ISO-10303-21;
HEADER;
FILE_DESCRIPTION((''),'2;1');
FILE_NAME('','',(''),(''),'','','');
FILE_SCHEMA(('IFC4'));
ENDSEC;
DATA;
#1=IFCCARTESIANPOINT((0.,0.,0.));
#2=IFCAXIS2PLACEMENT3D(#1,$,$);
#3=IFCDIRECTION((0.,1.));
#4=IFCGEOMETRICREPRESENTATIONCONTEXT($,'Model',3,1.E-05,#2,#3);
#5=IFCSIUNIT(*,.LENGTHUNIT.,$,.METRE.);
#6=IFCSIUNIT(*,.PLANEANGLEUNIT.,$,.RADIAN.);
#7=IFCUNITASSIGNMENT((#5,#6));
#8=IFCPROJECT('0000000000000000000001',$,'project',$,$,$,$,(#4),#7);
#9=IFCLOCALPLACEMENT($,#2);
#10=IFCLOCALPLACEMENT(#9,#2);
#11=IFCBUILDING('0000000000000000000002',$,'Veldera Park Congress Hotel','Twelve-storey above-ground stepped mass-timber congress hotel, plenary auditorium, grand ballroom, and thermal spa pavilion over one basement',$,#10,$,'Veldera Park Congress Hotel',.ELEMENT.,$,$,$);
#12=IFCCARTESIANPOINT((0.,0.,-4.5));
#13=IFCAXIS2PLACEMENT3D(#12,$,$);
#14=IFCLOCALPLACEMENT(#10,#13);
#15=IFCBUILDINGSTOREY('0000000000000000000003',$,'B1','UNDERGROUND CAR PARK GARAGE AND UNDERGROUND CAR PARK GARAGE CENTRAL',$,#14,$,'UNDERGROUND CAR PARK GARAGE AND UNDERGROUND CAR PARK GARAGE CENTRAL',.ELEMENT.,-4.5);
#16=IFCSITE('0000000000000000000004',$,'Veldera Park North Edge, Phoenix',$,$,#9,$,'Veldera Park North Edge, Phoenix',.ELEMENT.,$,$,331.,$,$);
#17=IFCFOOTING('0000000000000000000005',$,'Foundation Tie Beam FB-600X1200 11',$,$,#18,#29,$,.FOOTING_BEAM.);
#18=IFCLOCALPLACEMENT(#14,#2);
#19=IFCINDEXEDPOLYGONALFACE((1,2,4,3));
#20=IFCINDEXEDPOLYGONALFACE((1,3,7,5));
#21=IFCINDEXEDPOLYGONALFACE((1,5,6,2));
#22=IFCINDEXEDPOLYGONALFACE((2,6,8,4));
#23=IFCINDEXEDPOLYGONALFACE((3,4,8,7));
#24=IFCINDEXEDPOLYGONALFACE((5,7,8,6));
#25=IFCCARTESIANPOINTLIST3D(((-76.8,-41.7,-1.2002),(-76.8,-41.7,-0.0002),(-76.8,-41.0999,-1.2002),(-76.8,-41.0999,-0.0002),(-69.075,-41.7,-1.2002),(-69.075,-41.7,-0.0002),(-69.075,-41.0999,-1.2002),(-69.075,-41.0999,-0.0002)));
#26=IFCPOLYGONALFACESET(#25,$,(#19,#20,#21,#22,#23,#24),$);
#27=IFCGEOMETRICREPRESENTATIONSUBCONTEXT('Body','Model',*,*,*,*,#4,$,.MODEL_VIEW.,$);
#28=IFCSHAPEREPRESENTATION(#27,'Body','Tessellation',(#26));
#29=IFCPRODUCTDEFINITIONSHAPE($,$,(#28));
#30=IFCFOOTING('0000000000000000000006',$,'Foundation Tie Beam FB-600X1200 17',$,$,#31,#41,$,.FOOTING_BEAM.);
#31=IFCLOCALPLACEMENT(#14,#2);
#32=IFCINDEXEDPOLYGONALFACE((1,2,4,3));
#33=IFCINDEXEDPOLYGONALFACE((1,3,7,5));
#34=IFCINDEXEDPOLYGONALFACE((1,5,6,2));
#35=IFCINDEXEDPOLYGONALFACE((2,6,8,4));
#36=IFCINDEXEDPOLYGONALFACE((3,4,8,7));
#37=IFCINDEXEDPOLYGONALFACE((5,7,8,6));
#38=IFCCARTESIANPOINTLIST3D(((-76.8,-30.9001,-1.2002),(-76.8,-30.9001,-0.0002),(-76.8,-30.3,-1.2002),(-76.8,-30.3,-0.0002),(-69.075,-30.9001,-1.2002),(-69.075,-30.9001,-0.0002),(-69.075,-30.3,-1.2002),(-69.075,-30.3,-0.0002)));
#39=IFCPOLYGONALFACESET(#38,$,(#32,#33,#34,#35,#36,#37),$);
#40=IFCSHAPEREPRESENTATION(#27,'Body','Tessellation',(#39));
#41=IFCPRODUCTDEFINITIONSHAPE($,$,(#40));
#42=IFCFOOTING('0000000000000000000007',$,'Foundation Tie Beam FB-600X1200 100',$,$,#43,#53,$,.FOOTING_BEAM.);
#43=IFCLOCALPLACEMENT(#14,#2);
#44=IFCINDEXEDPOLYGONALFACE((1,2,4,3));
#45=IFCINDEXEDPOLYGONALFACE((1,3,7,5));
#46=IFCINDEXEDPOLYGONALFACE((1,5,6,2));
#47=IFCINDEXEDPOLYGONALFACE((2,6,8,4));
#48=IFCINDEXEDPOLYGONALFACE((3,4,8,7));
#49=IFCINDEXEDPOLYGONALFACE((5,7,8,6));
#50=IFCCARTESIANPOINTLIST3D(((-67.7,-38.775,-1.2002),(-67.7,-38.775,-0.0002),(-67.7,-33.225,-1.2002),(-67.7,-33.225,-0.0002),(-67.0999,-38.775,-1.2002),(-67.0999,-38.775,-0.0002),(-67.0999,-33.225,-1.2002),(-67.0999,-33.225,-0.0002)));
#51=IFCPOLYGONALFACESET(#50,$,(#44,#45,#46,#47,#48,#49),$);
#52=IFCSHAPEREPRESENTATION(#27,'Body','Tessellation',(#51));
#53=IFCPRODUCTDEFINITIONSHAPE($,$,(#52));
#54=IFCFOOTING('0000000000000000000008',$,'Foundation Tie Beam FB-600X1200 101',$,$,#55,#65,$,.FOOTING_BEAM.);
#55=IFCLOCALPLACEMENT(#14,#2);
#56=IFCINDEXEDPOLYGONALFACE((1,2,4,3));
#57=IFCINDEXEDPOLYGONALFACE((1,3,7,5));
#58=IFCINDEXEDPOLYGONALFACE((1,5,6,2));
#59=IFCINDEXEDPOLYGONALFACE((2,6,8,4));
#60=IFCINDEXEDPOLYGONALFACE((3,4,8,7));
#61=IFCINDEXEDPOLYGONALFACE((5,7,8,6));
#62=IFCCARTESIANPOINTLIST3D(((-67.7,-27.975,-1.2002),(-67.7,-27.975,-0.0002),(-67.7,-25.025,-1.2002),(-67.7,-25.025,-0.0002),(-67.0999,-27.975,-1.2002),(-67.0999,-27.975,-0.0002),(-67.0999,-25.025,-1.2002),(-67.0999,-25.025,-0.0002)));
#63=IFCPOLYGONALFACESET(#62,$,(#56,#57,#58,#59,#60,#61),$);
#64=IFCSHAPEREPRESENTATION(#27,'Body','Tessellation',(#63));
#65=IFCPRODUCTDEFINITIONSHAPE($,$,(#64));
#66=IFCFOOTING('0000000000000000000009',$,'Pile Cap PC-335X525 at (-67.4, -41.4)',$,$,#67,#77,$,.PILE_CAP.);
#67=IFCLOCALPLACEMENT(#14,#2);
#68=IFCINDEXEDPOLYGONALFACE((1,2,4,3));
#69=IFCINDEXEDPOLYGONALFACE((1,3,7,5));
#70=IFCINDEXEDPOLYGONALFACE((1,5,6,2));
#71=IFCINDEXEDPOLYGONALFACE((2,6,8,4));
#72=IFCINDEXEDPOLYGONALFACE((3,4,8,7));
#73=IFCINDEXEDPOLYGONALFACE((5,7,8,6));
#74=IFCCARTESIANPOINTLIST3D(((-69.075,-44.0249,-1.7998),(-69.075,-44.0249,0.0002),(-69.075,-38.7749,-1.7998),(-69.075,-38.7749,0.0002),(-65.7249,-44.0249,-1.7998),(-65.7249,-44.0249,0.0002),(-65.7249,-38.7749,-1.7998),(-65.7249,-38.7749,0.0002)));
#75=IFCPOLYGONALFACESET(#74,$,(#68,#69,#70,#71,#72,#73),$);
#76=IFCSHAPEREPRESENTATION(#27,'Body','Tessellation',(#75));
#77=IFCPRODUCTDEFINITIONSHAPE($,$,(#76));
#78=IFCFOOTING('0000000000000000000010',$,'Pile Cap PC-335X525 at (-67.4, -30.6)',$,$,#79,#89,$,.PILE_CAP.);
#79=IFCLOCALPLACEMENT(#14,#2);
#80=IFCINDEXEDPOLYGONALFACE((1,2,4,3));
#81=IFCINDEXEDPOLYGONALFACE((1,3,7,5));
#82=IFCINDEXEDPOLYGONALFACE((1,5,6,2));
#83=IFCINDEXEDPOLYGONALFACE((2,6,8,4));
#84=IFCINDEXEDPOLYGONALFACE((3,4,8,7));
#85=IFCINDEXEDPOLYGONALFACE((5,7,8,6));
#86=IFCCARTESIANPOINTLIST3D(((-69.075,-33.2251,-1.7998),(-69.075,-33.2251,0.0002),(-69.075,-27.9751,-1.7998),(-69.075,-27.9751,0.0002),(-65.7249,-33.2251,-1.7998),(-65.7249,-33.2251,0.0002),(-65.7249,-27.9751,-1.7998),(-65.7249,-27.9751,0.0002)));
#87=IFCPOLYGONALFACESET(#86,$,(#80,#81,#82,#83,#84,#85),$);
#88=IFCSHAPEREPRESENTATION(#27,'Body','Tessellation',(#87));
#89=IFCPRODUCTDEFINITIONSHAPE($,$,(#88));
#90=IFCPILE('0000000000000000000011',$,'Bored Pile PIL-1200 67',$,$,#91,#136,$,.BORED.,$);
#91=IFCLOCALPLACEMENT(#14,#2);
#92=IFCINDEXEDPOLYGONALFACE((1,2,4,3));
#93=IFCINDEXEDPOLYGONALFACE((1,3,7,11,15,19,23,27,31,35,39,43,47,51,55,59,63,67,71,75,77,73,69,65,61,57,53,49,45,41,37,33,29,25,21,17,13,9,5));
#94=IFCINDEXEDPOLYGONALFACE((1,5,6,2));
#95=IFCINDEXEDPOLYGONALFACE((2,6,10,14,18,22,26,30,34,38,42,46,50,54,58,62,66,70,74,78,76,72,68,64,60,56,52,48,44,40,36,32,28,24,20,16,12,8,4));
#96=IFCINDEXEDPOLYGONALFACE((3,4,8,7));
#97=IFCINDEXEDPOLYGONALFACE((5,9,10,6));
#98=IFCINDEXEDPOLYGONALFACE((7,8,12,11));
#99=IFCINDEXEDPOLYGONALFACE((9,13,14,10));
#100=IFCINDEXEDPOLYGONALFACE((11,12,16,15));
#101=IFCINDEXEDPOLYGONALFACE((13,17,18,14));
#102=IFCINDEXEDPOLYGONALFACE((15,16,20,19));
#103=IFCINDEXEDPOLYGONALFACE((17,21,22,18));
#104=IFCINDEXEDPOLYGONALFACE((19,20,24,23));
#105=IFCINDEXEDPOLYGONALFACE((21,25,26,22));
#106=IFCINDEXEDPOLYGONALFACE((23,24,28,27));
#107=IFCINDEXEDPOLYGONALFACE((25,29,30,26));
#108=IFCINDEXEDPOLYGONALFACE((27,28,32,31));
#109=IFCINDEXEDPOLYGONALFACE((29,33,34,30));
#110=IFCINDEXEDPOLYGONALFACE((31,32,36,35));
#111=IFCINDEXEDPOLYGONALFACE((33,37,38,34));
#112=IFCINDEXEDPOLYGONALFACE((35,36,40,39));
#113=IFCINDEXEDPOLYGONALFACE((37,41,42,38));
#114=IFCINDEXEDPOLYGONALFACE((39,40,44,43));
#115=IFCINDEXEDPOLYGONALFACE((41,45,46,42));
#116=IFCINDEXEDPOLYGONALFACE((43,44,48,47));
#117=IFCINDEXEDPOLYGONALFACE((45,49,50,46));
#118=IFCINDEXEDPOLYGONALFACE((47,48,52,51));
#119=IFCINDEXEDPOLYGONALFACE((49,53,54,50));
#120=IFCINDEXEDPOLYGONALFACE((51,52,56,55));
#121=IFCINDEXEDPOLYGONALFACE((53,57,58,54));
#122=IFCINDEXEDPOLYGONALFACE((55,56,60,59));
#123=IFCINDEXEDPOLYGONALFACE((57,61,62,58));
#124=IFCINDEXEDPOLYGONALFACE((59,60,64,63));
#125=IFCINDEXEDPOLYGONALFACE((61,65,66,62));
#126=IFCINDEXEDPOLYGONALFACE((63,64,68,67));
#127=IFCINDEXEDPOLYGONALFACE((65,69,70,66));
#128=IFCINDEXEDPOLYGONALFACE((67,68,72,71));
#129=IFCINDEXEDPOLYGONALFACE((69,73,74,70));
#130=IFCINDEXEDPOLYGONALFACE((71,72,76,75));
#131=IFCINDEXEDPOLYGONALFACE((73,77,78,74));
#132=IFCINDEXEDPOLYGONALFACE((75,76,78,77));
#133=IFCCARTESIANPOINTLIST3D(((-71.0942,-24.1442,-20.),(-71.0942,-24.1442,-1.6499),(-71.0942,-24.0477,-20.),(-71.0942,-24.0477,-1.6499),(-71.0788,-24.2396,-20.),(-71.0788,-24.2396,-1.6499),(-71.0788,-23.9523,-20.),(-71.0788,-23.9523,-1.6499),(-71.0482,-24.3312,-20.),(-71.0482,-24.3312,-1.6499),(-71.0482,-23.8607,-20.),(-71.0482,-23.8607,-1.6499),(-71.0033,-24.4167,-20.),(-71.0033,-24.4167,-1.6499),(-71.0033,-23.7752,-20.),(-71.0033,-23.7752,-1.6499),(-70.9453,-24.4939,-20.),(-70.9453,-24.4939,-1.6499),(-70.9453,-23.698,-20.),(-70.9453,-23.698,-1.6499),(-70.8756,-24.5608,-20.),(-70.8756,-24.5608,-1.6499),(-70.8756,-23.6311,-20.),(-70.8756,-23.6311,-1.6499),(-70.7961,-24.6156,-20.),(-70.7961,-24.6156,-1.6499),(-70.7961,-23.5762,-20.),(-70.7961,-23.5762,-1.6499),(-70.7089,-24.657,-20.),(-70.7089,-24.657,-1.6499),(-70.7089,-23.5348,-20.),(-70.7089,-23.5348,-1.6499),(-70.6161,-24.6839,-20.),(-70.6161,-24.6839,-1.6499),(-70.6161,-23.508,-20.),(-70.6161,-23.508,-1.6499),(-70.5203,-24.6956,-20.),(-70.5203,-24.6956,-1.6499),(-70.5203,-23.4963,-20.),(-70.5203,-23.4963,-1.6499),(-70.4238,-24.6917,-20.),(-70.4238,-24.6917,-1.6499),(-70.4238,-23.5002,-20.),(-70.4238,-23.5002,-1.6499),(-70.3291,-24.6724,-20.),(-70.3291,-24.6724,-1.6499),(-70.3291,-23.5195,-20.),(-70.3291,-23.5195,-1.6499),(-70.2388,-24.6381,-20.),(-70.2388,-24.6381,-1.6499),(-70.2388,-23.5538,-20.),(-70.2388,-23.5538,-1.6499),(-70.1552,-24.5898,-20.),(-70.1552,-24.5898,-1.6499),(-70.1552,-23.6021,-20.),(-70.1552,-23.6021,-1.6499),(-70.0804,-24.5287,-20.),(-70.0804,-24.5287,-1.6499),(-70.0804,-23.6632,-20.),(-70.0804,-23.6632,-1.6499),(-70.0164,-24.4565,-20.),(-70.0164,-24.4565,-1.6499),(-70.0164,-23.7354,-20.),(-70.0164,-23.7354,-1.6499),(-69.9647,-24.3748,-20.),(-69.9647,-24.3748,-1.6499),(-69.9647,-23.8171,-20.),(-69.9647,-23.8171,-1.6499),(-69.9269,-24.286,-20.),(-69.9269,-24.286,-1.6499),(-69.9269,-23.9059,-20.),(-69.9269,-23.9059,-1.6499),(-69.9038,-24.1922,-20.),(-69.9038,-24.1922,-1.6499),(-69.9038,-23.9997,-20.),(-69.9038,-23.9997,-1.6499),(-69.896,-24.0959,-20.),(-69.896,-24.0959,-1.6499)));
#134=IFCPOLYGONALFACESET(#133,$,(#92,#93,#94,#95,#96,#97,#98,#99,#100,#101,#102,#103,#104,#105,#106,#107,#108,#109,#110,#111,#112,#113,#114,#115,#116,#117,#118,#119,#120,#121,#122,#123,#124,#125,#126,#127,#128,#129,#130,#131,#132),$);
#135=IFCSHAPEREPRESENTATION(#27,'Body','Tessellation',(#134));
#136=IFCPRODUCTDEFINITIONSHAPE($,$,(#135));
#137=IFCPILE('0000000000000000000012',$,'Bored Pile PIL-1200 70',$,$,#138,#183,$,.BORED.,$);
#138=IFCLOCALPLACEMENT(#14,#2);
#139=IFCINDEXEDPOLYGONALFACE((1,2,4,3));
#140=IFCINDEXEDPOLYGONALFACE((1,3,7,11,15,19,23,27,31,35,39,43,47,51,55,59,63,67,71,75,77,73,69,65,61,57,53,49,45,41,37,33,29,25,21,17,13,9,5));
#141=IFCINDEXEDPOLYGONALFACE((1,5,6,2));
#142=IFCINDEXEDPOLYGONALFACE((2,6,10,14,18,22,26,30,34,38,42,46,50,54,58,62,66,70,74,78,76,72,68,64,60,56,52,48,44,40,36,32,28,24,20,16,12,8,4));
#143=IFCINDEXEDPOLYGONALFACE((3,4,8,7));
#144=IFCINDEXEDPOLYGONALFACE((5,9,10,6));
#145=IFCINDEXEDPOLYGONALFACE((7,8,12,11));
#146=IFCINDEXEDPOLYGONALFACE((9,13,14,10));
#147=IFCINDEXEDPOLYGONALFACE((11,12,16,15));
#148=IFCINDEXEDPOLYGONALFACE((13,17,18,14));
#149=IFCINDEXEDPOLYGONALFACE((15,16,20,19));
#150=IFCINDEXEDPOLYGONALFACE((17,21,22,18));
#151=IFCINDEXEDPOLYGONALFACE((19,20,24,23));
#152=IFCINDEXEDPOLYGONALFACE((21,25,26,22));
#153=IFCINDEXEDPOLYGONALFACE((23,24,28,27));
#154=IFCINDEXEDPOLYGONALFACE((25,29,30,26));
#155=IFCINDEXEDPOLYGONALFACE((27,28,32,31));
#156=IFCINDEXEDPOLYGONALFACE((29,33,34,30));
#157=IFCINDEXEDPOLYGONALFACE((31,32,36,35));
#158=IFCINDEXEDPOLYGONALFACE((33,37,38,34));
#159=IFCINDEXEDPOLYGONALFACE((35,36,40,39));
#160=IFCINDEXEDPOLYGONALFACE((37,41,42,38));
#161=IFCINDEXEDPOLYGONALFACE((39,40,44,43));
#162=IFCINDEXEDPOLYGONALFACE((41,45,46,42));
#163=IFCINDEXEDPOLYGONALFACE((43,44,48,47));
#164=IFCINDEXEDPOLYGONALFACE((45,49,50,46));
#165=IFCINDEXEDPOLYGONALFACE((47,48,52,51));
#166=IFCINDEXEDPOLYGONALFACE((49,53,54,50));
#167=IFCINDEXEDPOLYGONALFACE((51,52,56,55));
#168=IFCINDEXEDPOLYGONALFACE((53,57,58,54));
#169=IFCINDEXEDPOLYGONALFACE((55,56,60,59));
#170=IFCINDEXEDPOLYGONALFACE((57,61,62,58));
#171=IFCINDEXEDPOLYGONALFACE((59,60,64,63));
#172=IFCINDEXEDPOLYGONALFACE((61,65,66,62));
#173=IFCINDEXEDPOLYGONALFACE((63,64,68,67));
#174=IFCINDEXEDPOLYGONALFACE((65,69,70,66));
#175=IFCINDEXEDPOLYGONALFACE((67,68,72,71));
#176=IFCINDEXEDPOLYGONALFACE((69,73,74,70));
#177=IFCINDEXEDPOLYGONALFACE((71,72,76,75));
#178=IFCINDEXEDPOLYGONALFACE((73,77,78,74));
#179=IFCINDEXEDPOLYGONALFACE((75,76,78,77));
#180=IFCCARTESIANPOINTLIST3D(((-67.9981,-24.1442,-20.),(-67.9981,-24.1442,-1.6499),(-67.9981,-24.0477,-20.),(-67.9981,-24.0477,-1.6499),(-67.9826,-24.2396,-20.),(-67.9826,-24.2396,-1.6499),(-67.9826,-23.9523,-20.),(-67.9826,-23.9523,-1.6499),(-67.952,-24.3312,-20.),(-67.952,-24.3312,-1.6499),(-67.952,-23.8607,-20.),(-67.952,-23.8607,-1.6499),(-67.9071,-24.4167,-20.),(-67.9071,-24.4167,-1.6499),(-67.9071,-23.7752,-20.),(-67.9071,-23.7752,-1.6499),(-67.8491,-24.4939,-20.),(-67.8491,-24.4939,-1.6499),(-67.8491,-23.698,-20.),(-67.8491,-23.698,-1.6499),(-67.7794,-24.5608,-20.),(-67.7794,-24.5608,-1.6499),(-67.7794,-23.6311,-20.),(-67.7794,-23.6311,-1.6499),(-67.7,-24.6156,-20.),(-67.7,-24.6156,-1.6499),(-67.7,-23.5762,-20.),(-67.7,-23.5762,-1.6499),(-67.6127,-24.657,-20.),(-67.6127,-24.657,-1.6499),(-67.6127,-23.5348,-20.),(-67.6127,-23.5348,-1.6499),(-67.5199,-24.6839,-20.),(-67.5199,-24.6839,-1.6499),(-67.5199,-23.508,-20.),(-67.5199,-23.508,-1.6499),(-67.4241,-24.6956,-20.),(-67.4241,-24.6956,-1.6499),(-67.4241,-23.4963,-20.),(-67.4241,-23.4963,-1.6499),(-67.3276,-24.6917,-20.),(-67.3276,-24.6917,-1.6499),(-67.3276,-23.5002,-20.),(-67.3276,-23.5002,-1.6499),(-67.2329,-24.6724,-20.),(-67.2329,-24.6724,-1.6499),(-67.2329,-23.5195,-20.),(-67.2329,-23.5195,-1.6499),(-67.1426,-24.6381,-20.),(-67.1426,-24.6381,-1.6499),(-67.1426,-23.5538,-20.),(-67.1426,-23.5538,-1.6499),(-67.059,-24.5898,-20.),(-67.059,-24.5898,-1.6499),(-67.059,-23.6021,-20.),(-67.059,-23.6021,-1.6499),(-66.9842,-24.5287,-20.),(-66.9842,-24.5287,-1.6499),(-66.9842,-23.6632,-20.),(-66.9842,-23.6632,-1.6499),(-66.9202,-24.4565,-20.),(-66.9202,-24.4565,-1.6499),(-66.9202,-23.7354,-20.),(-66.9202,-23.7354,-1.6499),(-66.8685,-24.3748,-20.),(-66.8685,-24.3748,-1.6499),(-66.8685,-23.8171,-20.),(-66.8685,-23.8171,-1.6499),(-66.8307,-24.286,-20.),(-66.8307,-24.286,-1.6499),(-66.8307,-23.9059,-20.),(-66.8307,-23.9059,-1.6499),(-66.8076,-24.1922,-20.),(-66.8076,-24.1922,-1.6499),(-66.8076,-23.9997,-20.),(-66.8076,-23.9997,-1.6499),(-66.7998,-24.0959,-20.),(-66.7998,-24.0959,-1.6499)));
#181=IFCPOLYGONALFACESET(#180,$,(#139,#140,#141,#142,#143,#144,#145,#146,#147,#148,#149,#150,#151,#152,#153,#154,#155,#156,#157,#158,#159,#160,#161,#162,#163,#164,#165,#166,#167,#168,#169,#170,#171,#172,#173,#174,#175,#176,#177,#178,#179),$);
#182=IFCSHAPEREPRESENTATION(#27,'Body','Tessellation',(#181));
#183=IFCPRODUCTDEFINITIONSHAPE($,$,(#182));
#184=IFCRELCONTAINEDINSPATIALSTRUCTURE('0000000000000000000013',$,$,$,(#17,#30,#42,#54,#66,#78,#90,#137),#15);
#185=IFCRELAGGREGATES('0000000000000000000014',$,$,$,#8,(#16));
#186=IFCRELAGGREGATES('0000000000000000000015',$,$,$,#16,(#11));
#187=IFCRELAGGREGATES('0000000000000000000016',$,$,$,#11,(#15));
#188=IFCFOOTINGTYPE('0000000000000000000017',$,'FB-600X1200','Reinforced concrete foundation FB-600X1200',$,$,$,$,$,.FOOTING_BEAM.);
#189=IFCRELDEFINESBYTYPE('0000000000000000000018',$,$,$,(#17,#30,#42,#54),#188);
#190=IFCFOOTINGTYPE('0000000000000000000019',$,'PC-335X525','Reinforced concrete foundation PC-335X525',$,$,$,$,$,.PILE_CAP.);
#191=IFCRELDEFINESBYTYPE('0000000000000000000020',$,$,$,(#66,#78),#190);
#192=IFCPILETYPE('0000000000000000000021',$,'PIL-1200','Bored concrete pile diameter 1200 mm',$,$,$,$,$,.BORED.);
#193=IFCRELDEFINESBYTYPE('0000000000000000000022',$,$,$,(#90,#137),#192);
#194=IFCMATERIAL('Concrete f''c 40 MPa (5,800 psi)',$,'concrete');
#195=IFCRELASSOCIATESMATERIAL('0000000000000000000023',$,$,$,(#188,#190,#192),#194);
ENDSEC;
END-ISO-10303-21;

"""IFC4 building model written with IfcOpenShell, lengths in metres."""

from ifc_helpers import new_model, si_unit, direction, frame, origin, origin_2d, place, context, subcontext, project, spatial, rectangle, circle, extrude, material, material_profile, profile_set, type_object, element, save


model = new_model("IFC4")

# Units and contexts
model_context = context("Model", 3, precision=1e-05, world=origin(), true_north=direction((0.0, 1.0)))
body_context = subcontext(model_context, "Body", "Model", "MODEL_VIEW")
ifc_project = project(units=[si_unit("LENGTHUNIT", "METRE"), si_unit("PLANEANGLEUNIT", "RADIAN")], contexts=[model_context])

# Site, building, storey
site_placement = place(None, origin())
site = spatial("IfcSite", under=ifc_project, at=site_placement, Name="Veldera Park North Edge, Phoenix", LongName="Veldera Park North Edge, Phoenix", CompositionType="ELEMENT", RefElevation=331.0)
building_placement = place(site_placement, origin())
building = spatial("IfcBuilding", under=site, at=building_placement, Name="Veldera Park Congress Hotel", Description="Twelve-storey above-ground stepped mass-timber congress hotel, plenary auditorium, grand ballroom, and thermal spa pavilion over one basement", LongName="Veldera Park Congress Hotel", CompositionType="ELEMENT")
storey_placement = place(building_placement, frame((0.0, 0.0, -4.5)))
storey = spatial("IfcBuildingStorey", under=building, at=storey_placement, Name="B1", Description="UNDERGROUND CAR PARK GARAGE AND UNDERGROUND CAR PARK GARAGE CENTRAL", LongName="UNDERGROUND CAR PARK GARAGE AND UNDERGROUND CAR PARK GARAGE CENTRAL", CompositionType="ELEMENT", Elevation=-4.5)

# Footings
ifc_material = material(Name="Concrete f'c 40 MPa (5,800 psi)", Category="concrete")
footing_type_1 = type_object("IfcFootingType", Name="FB-600X1200", Description="Reinforced concrete foundation FB-600X1200", PredefinedType="FOOTING_BEAM", material=ifc_material)
for number, where, z_axis, x_axis, name in (
    (1, (-72.9375, -41.3999, -1.2002), (0.0, 0.0, 1.0), (1.0, 0.0, 0.0), "Foundation Tie Beam FB-600X1200 11"),
    (2, (-72.9375, -30.6001, -1.2002), (0.0, 0.0, 1.0), (1.0, 0.0, 0.0), "Foundation Tie Beam FB-600X1200 17"),
):
    element("IfcFooting", number, at=place(storey_placement, frame(where, z_axis=z_axis, x_axis=x_axis)), inside=storey, type_object=footing_type_1, Name=name, PredefinedType="FOOTING_BEAM", context=body_context, shape_type="SweptSolid", body=[
        extrude(rectangle(XDim=7.7251, YDim=0.6001, at=origin_2d()), origin(), (0.0, 0.0, 1.0), 1.2),
    ])
footing_1_placement = place(storey_placement, frame((-67.3999, -36.0, -1.2002), z_axis=(0.0, 0.0, 1.0), x_axis=(0.0, 1.0, 0.0)))
element("IfcFooting", 3, at=footing_1_placement, inside=storey, type_object=footing_type_1, Name="Foundation Tie Beam FB-600X1200 100", PredefinedType="FOOTING_BEAM", context=body_context, shape_type="SweptSolid", body=[
    extrude(rectangle(XDim=5.55, YDim=0.6001, at=origin_2d()), origin(), (0.0, 0.0, 1.0), 1.2),
])
footing_2_placement = place(storey_placement, frame((-67.3999, -26.5, -1.2002), z_axis=(0.0, 0.0, 1.0), x_axis=(0.0, 1.0, 0.0)))
element("IfcFooting", 4, at=footing_2_placement, inside=storey, type_object=footing_type_1, Name="Foundation Tie Beam FB-600X1200 101", PredefinedType="FOOTING_BEAM", context=body_context, shape_type="SweptSolid", body=[
    extrude(rectangle(XDim=2.95, YDim=0.6001, at=origin_2d()), origin(), (0.0, 0.0, 1.0), 1.2),
])
footing_type_2 = type_object("IfcFootingType", Name="PC-335X525", Description="Reinforced concrete foundation PC-335X525", PredefinedType="PILE_CAP", material=ifc_material)
for number, where, z_axis, x_axis, name in (
    (5, (-67.3999, -41.3999, -1.7998), (0.0, 0.0, 1.0), (1.0, 0.0, 0.0), "Pile Cap PC-335X525 at (-67.4, -41.4)"),
    (6, (-67.3999, -30.6001, -1.7998), (0.0, 0.0, 1.0), (1.0, 0.0, 0.0), "Pile Cap PC-335X525 at (-67.4, -30.6)"),
):
    element("IfcFooting", number, at=place(storey_placement, frame(where, z_axis=z_axis, x_axis=x_axis)), inside=storey, type_object=footing_type_2, Name=name, PredefinedType="PILE_CAP", context=body_context, shape_type="SweptSolid", body=[
        extrude(rectangle(XDim=3.3501, YDim=5.25, at=origin_2d()), origin(), (0.0, 0.0, 1.0), 1.8),
    ])

# Piles
ifc_material_profile_1 = material_profile(ifc_material, circle(Radius=0.6001, at=origin_2d()), Name="PILE D1200")
ifc_profile_set_1 = profile_set([ifc_material_profile_1], Name="Concrete f'c 40 MPa (5,800 psi)")
pile_type_1 = type_object("IfcPileType", Name="PIL-1200", Description="Bored concrete pile diameter 1200 mm", PredefinedType="BORED", material=ifc_profile_set_1)
for number, where, z_axis, x_axis, name in (
    (7, (-70.4961, -24.0959, -1.6499), (0.0, 0.0, -1.0), (1.0, 0.0, 0.0), "Bored Pile PIL-1200 67"),
    (8, (-67.3999, -24.0959, -1.6499), (0.0, 0.0, -1.0), (1.0, 0.0, 0.0), "Bored Pile PIL-1200 70"),
):
    element("IfcPile", number, at=place(storey_placement, frame(where, z_axis=z_axis, x_axis=x_axis)), inside=storey, type_object=pile_type_1, Name=name, PredefinedType="BORED", context=body_context, shape_type="SweptSolid", body=[
        extrude(circle(Radius=0.6001, at=origin_2d()), origin(), (0.0, 0.0, 1.0), 18.3501),
    ])

save(model, "model.ifc")
